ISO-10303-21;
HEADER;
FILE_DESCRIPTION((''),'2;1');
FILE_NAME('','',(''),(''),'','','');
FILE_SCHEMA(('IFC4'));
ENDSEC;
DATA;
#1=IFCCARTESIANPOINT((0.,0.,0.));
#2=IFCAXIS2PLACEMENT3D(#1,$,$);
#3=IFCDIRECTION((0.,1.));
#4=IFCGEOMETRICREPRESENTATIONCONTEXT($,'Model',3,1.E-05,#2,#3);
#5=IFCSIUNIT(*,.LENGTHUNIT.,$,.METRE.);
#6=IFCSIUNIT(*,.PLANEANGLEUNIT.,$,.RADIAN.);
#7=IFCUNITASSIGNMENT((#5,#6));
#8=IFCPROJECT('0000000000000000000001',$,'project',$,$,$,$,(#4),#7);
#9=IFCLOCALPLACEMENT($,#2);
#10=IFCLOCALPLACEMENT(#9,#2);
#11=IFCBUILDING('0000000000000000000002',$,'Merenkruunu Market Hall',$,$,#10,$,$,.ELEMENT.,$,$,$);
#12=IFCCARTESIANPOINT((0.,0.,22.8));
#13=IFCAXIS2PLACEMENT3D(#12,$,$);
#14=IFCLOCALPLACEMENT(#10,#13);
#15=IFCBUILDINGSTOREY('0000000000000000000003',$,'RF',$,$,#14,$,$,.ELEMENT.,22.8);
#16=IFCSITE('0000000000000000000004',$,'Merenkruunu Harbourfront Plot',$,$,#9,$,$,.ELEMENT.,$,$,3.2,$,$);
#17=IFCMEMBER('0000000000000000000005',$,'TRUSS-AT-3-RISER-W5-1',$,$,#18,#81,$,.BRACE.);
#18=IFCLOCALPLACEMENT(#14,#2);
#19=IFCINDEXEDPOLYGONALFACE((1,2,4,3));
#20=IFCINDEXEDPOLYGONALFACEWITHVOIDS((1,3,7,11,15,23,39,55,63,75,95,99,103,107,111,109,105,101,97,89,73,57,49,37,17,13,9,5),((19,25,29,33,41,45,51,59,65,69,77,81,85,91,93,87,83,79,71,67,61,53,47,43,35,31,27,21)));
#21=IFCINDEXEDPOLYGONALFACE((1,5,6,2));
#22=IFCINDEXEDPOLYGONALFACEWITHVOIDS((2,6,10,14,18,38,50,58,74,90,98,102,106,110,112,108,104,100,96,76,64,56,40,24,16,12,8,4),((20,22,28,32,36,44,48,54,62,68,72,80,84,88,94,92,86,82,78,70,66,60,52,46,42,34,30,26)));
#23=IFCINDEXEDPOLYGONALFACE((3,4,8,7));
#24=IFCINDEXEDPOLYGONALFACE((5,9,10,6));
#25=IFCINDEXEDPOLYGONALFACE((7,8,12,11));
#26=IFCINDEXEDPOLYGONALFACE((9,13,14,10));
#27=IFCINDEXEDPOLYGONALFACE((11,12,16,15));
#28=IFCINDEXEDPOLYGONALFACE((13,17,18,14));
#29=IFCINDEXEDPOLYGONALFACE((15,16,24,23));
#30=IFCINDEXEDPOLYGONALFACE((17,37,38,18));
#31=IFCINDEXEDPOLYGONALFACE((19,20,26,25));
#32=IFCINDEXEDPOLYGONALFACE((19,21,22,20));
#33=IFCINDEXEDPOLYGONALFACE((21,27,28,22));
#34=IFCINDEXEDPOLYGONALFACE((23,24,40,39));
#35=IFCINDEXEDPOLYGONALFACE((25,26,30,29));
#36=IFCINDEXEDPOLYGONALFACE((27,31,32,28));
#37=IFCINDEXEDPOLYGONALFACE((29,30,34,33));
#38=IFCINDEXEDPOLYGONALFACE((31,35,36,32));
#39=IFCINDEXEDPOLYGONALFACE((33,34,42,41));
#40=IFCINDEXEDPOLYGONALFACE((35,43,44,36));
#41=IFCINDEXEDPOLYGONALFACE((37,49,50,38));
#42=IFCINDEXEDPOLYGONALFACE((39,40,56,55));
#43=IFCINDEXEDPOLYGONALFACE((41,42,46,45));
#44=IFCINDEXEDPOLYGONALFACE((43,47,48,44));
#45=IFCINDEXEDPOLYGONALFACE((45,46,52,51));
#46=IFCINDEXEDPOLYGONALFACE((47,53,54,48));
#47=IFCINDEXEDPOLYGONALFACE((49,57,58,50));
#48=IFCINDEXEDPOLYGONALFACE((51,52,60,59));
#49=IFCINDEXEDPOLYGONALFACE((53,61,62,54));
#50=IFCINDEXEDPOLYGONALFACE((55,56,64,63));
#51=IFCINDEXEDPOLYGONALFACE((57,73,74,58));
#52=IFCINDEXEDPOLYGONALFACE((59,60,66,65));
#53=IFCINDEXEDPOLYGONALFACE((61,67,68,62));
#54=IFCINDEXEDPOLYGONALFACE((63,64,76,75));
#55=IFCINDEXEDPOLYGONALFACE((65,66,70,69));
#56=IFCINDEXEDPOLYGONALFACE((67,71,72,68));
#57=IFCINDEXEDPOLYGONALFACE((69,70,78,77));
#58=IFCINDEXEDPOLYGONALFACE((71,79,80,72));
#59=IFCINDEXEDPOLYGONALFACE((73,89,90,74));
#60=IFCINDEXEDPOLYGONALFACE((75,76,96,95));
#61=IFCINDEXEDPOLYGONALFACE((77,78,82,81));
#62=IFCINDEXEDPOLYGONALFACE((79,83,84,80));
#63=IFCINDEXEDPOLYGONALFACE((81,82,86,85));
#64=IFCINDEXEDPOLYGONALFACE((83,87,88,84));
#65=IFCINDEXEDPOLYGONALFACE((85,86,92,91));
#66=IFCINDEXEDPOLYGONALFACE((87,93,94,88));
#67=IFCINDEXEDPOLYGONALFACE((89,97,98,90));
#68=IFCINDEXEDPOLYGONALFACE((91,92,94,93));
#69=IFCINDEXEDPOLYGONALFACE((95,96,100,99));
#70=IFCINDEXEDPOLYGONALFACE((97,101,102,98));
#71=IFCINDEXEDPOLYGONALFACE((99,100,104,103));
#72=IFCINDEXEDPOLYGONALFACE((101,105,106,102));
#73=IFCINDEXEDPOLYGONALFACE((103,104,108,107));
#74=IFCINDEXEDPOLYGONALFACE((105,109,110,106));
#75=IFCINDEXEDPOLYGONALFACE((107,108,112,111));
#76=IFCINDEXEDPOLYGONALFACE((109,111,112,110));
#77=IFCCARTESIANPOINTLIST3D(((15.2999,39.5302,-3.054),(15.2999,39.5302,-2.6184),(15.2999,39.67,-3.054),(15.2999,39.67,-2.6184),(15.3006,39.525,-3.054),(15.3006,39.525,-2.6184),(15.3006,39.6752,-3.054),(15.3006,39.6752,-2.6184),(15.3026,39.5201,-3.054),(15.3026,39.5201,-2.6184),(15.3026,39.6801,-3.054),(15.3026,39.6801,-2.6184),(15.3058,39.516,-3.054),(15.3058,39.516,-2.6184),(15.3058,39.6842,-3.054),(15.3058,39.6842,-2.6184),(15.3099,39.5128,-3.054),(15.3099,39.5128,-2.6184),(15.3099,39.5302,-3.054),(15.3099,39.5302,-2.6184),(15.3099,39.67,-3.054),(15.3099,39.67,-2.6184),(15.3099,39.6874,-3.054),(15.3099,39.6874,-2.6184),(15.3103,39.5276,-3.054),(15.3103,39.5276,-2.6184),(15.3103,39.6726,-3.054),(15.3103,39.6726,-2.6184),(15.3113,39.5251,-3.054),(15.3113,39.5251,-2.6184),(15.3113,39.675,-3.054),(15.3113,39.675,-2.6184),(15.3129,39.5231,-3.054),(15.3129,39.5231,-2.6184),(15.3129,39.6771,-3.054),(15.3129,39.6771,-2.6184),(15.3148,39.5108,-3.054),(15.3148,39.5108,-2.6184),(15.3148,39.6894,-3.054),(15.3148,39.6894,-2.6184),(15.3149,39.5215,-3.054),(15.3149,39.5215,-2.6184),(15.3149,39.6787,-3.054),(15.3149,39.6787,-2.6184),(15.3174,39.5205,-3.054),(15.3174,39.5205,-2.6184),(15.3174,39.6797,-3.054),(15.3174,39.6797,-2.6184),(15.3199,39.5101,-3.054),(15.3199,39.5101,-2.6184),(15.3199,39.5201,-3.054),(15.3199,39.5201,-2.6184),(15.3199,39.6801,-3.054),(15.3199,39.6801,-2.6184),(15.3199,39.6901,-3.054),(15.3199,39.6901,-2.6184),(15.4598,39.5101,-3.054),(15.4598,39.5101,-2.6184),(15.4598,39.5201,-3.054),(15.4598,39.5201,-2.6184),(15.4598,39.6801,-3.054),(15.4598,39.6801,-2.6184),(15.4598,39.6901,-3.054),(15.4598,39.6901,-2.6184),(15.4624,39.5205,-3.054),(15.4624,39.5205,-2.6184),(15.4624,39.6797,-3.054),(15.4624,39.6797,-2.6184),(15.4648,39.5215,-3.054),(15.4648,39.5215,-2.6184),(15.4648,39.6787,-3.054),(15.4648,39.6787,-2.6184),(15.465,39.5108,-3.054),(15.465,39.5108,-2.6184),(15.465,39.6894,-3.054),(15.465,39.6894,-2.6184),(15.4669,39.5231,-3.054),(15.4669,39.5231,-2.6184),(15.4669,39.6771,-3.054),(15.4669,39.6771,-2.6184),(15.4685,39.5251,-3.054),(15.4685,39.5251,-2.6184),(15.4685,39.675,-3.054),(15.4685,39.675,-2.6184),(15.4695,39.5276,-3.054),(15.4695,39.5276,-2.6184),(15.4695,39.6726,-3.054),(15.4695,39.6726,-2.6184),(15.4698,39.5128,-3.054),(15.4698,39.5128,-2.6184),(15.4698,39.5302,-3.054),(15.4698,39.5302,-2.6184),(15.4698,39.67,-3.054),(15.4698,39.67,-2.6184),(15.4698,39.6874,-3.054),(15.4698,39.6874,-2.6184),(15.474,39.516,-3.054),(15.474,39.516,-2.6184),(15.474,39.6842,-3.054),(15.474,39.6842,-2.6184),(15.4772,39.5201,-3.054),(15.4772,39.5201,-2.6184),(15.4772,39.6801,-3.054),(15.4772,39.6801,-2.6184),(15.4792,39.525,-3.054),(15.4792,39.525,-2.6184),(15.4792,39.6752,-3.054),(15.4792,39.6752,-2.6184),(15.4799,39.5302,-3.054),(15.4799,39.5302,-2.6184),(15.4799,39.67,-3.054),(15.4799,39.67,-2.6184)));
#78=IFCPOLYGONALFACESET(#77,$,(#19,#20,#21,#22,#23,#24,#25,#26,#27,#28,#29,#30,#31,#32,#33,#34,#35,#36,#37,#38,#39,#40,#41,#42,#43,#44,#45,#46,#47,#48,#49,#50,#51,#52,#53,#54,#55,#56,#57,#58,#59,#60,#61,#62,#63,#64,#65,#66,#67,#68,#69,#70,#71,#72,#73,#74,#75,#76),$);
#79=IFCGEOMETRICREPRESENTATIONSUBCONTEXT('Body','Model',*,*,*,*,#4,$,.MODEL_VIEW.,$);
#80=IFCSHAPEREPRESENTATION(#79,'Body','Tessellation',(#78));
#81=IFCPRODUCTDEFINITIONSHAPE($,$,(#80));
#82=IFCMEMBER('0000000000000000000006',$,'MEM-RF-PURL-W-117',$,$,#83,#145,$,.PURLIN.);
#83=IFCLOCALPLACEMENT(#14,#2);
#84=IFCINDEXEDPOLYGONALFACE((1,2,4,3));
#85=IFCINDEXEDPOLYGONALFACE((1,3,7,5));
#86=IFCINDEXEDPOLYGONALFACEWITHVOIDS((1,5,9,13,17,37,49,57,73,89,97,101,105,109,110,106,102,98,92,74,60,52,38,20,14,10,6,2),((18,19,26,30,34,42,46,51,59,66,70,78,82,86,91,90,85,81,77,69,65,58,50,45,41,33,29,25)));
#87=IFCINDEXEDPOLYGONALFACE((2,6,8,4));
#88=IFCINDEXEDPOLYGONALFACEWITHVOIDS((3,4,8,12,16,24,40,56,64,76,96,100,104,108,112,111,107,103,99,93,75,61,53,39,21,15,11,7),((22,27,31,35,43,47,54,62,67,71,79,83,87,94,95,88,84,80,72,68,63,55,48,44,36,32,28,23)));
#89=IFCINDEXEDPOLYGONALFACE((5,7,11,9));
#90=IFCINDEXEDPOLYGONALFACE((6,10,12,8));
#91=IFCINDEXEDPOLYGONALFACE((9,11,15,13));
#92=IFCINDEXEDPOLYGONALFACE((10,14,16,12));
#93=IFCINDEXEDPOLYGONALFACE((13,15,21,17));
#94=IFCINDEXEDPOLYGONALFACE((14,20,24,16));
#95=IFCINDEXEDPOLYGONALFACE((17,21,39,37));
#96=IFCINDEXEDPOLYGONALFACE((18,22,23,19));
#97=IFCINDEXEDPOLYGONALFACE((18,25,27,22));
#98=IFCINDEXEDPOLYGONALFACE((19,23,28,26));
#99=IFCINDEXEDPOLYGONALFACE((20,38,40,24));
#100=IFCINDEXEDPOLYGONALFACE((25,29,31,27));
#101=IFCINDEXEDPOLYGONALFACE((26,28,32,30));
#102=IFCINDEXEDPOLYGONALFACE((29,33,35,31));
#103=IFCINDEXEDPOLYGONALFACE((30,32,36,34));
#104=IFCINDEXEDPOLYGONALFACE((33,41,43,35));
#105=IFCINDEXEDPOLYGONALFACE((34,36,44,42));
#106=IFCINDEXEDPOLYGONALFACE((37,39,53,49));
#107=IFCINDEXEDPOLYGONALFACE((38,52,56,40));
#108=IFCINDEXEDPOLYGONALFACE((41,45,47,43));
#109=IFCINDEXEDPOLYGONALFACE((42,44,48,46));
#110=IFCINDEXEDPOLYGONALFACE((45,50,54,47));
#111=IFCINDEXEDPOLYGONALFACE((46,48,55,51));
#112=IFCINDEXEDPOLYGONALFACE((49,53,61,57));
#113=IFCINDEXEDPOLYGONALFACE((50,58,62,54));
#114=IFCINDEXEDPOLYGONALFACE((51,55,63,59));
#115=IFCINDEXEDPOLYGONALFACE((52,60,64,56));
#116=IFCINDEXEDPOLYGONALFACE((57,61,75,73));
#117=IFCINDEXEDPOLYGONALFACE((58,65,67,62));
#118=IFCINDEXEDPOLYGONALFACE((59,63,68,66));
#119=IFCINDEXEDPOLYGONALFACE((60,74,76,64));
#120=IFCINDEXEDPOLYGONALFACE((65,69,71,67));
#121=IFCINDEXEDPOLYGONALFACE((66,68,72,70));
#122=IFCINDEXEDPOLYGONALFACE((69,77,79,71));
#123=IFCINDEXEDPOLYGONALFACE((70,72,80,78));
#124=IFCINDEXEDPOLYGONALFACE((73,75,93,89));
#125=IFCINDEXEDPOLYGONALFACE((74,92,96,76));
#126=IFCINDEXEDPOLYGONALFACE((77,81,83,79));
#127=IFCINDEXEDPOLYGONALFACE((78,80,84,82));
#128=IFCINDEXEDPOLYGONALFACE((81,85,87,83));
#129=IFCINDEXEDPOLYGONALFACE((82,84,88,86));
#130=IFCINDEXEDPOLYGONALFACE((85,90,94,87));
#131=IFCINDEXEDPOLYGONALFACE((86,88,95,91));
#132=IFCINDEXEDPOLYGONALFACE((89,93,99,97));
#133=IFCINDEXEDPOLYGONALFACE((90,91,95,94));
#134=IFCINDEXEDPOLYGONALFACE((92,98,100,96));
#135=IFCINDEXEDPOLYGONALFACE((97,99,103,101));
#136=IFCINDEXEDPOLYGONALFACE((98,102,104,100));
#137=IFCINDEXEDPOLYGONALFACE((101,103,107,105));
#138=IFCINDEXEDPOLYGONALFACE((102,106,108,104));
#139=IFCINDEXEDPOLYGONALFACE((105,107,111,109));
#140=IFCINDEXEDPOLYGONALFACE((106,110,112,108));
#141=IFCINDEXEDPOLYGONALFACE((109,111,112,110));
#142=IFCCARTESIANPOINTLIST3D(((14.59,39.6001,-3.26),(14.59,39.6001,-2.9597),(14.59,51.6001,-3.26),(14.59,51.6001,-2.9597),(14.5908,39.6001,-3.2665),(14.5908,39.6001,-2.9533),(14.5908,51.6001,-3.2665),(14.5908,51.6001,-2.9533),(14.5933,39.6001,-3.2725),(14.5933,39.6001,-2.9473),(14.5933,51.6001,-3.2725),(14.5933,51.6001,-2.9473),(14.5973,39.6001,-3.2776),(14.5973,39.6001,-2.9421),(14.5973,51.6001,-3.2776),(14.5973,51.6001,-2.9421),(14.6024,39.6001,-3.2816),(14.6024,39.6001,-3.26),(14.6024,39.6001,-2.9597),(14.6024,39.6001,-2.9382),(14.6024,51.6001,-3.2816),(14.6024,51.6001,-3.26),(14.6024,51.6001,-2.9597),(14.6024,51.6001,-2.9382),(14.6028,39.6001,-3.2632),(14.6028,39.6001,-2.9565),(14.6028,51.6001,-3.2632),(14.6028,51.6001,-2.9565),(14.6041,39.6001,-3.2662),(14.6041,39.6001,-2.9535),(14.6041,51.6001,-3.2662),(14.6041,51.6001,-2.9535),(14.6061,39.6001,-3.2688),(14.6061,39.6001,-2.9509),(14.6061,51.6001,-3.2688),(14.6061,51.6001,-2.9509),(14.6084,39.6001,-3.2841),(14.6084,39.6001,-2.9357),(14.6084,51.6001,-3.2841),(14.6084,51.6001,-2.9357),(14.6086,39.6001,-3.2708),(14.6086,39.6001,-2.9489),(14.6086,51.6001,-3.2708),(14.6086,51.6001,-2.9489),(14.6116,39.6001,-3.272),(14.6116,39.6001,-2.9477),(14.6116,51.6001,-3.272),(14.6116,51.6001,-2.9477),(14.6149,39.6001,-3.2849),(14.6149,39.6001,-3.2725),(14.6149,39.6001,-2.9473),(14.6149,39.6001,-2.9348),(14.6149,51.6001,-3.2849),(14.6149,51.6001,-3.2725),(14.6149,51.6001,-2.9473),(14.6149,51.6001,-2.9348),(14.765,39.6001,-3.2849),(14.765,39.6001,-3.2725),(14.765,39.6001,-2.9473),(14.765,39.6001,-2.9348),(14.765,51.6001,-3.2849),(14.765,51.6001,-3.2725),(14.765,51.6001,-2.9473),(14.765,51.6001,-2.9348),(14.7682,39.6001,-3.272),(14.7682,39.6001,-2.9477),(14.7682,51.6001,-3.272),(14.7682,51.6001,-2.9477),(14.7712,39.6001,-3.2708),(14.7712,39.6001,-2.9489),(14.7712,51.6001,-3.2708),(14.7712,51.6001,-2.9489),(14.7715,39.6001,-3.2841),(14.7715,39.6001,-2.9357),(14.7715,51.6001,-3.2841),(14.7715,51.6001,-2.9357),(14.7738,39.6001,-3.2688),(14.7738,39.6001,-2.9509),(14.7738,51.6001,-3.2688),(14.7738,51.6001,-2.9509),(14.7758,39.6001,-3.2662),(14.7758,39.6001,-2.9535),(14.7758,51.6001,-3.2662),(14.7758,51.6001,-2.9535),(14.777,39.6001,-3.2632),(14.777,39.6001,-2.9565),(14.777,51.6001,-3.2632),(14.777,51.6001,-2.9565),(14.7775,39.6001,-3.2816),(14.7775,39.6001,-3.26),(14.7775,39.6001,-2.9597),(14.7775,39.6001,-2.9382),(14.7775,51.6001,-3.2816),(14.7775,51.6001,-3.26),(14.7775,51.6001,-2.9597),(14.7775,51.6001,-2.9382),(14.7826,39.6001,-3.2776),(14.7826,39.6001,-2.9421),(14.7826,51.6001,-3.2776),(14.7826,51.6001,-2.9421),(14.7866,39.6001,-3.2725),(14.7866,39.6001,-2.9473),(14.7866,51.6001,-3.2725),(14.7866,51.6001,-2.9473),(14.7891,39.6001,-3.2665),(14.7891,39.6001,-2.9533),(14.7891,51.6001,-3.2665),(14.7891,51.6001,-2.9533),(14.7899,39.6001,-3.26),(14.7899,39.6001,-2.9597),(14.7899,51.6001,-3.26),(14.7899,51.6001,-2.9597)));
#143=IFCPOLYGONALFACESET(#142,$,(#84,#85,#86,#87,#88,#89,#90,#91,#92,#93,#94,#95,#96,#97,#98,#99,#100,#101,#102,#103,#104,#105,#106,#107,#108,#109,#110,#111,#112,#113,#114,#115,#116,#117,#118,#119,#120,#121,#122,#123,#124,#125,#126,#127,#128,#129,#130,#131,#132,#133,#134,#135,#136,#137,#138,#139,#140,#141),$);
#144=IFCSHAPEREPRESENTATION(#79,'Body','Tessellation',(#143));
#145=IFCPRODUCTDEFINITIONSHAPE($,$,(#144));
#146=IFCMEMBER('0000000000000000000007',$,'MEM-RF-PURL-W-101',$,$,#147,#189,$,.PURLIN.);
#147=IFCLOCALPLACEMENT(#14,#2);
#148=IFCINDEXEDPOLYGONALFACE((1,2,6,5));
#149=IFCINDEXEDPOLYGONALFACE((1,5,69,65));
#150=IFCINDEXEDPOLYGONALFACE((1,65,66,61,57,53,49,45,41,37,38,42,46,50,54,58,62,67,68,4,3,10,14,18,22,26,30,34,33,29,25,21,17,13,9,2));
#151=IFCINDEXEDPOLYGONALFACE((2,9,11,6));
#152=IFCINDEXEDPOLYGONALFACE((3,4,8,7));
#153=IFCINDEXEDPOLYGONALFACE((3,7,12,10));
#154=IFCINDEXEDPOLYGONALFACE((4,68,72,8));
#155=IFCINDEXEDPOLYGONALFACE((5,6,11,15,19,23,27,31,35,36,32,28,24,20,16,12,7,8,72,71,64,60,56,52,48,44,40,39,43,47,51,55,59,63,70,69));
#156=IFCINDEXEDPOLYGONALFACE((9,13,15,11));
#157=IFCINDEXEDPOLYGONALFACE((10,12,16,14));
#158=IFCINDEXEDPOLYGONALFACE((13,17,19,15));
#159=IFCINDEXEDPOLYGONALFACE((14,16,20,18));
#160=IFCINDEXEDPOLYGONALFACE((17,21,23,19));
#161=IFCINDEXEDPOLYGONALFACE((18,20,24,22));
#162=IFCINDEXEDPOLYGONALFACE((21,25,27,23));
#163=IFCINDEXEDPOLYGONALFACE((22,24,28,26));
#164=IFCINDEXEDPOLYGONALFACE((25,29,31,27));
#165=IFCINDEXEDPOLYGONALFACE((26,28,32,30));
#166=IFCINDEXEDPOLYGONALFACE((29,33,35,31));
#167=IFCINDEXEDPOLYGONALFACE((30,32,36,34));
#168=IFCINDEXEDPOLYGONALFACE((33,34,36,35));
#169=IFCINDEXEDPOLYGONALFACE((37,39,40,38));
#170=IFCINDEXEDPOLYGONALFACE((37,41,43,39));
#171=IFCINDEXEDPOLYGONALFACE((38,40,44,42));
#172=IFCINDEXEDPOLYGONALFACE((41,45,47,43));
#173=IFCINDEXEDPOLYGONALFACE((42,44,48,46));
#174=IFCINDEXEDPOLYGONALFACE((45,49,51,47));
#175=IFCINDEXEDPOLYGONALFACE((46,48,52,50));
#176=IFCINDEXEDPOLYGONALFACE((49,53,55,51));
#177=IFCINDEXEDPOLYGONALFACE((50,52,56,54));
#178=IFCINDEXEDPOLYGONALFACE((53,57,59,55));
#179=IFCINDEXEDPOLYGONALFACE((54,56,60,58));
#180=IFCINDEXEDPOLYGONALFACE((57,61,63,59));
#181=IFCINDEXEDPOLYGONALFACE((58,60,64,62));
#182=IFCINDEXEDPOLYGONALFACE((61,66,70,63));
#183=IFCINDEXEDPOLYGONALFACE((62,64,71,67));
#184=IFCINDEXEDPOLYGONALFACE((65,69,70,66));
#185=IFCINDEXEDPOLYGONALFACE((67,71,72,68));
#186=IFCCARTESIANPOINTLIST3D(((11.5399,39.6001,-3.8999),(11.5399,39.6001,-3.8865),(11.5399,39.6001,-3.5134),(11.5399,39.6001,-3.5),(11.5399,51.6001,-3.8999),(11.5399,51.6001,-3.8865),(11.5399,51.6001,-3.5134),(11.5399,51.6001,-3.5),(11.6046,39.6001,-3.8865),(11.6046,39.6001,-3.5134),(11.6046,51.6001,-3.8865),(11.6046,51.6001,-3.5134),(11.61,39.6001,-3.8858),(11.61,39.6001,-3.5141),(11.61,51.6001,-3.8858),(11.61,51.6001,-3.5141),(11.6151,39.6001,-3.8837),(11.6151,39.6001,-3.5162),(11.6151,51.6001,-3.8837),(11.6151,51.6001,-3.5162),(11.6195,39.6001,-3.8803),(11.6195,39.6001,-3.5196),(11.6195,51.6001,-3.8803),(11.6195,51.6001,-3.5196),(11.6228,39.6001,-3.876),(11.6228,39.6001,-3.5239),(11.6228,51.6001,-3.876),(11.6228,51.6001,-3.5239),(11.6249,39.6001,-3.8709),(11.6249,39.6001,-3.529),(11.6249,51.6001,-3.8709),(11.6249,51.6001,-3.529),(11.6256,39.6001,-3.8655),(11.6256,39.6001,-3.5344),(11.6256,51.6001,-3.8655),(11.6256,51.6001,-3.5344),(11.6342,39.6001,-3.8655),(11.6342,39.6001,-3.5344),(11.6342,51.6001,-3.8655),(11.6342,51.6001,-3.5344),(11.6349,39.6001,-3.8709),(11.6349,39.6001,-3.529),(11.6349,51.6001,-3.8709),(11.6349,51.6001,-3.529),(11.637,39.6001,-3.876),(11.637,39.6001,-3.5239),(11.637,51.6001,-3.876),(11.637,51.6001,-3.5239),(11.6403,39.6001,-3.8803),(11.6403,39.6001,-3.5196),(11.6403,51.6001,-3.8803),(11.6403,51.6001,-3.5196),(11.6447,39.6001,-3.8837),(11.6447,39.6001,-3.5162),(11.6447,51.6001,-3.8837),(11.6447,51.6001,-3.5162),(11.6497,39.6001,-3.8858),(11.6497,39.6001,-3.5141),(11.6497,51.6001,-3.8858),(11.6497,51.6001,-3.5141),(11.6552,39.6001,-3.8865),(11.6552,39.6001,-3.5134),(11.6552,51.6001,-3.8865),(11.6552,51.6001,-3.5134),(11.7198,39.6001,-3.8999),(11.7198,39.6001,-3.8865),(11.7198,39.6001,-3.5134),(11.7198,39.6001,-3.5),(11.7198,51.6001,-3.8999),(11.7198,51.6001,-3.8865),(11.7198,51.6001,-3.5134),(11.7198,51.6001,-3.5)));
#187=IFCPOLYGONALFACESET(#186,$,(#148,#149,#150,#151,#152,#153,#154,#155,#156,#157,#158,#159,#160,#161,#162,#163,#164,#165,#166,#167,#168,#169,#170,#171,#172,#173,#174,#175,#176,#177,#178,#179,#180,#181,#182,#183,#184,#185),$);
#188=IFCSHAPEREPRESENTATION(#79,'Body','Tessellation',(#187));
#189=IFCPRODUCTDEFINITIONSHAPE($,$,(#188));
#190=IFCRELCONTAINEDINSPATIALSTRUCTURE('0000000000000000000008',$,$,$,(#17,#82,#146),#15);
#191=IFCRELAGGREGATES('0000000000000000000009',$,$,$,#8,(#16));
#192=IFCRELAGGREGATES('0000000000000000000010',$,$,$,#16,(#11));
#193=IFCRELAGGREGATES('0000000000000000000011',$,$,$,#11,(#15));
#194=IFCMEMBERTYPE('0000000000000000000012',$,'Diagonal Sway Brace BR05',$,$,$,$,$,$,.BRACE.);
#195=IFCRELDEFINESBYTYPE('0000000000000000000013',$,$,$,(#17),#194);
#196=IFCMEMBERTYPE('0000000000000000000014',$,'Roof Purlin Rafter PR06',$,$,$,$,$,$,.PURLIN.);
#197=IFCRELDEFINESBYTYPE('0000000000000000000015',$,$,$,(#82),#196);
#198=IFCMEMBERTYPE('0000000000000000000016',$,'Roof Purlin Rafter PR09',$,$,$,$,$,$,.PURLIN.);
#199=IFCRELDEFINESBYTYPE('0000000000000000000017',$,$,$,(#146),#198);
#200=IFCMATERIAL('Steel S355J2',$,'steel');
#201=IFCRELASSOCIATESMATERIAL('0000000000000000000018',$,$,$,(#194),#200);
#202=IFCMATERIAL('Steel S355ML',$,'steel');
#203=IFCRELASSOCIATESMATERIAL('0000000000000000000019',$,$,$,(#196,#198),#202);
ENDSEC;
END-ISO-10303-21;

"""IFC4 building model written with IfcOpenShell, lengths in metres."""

from ifc_helpers import new_model, si_unit, direction, frame, origin, origin_2d, place, context, subcontext, project, spatial, hollow_rectangle, i_section, extrude, material, material_profile, profile_set, type_object, element, save


model = new_model("IFC4")

# Units and contexts
model_context = context("Model", 3, precision=1e-05, world=origin(), true_north=direction((0.0, 1.0)))
body_context = subcontext(model_context, "Body", "Model", "MODEL_VIEW")
ifc_project = project(units=[si_unit("LENGTHUNIT", "METRE"), si_unit("PLANEANGLEUNIT", "RADIAN")], contexts=[model_context])

# Site, building, storey
site_placement = place(None, origin())
site = spatial("IfcSite", under=ifc_project, at=site_placement, Name="Merenkruunu Harbourfront Plot", CompositionType="ELEMENT", RefElevation=3.2)
building_placement = place(site_placement, origin())
building = spatial("IfcBuilding", under=site, at=building_placement, Name="Merenkruunu Market Hall", CompositionType="ELEMENT")
storey_placement = place(building_placement, frame((0.0, 0.0, 22.8)))
storey = spatial("IfcBuildingStorey", under=building, at=storey_placement, Name="RF", CompositionType="ELEMENT", Elevation=22.8)

# Shared definitions
ifc_material_1 = material(Name="Steel S355ML", Category="steel")

# Members
ifc_material_2 = material(Name="Steel S355J2", Category="steel")
ifc_material_profile_1 = material_profile(ifc_material_2, hollow_rectangle(XDim=0.1799, YDim=0.1799, WallThickness=0.01, InnerFilletRadius=0.01, OuterFilletRadius=0.02, at=origin_2d()), Name="SHS 180x180x10")
ifc_profile_set_1 = profile_set([ifc_material_profile_1], Name="Steel S355J2")
member_type_1 = type_object("IfcMemberType", Name="Diagonal Sway Brace BR05", PredefinedType="BRACE", material=ifc_profile_set_1)
member_1_placement = place(storey_placement, frame((15.3899, 39.6001, -3.054), z_axis=(0.0, 0.0, 1.0), x_axis=(1.0, 0.0, 0.0)))
element("IfcMember", 1, at=member_1_placement, inside=storey, type_object=member_type_1, Name="TRUSS-AT-3-RISER-W5-1", PredefinedType="BRACE", context=body_context, shape_type="SweptSolid", body=[
    extrude(hollow_rectangle(XDim=0.1799, YDim=0.1799, WallThickness=0.01, InnerFilletRadius=0.01, OuterFilletRadius=0.02, at=origin_2d()), origin(), (0.0, 0.0, 1.0), 0.4355),
])
ifc_material_profile_2 = material_profile(ifc_material_1, hollow_rectangle(XDim=0.2, YDim=0.3501, WallThickness=0.0125, InnerFilletRadius=0.0125, OuterFilletRadius=0.0249, at=origin_2d()), Name="RHS 350x200x12.5")
ifc_profile_set_2 = profile_set([ifc_material_profile_2], Name="Steel S355ML")
member_type_2 = type_object("IfcMemberType", Name="Roof Purlin Rafter PR06", PredefinedType="PURLIN", material=ifc_profile_set_2)
member_2_placement = place(storey_placement, frame((14.6899, 39.6001, -3.1099), z_axis=(0.0, 1.0, 0.0), x_axis=(-1.0, 0.0, 0.0)))
element("IfcMember", 2, at=member_2_placement, inside=storey, type_object=member_type_2, Name="MEM-RF-PURL-W-117", PredefinedType="PURLIN", context=body_context, shape_type="SweptSolid", body=[
    extrude(hollow_rectangle(XDim=0.2, YDim=0.3501, WallThickness=0.0125, InnerFilletRadius=0.0125, OuterFilletRadius=0.0249, at=origin_2d()), origin(), (0.0, 0.0, 1.0), 12.0),
])
ifc_material_profile_3 = material_profile(ifc_material_1, i_section(OverallWidth=0.1799, OverallDepth=0.3999, WebThickness=0.0085, FlangeThickness=0.0134, FilletRadius=0.021, at=origin_2d()), Name="IPE 400")
ifc_profile_set_3 = profile_set([ifc_material_profile_3], Name="Steel S355ML")
member_type_3 = type_object("IfcMemberType", Name="Roof Purlin Rafter PR09", PredefinedType="PURLIN", material=ifc_profile_set_3)
member_3_placement = place(storey_placement, frame((11.6299, 39.6001, -3.7), z_axis=(0.0, 1.0, 0.0), x_axis=(-1.0, 0.0, 0.0)))
element("IfcMember", 3, at=member_3_placement, inside=storey, type_object=member_type_3, Name="MEM-RF-PURL-W-101", PredefinedType="PURLIN", context=body_context, shape_type="SweptSolid", body=[
    extrude(i_section(OverallWidth=0.1799, OverallDepth=0.3999, WebThickness=0.0085, FlangeThickness=0.0134, FilletRadius=0.021, at=origin_2d()), origin(), (0.0, 0.0, 1.0), 12.0),
])

save(model, "model.ifc")
